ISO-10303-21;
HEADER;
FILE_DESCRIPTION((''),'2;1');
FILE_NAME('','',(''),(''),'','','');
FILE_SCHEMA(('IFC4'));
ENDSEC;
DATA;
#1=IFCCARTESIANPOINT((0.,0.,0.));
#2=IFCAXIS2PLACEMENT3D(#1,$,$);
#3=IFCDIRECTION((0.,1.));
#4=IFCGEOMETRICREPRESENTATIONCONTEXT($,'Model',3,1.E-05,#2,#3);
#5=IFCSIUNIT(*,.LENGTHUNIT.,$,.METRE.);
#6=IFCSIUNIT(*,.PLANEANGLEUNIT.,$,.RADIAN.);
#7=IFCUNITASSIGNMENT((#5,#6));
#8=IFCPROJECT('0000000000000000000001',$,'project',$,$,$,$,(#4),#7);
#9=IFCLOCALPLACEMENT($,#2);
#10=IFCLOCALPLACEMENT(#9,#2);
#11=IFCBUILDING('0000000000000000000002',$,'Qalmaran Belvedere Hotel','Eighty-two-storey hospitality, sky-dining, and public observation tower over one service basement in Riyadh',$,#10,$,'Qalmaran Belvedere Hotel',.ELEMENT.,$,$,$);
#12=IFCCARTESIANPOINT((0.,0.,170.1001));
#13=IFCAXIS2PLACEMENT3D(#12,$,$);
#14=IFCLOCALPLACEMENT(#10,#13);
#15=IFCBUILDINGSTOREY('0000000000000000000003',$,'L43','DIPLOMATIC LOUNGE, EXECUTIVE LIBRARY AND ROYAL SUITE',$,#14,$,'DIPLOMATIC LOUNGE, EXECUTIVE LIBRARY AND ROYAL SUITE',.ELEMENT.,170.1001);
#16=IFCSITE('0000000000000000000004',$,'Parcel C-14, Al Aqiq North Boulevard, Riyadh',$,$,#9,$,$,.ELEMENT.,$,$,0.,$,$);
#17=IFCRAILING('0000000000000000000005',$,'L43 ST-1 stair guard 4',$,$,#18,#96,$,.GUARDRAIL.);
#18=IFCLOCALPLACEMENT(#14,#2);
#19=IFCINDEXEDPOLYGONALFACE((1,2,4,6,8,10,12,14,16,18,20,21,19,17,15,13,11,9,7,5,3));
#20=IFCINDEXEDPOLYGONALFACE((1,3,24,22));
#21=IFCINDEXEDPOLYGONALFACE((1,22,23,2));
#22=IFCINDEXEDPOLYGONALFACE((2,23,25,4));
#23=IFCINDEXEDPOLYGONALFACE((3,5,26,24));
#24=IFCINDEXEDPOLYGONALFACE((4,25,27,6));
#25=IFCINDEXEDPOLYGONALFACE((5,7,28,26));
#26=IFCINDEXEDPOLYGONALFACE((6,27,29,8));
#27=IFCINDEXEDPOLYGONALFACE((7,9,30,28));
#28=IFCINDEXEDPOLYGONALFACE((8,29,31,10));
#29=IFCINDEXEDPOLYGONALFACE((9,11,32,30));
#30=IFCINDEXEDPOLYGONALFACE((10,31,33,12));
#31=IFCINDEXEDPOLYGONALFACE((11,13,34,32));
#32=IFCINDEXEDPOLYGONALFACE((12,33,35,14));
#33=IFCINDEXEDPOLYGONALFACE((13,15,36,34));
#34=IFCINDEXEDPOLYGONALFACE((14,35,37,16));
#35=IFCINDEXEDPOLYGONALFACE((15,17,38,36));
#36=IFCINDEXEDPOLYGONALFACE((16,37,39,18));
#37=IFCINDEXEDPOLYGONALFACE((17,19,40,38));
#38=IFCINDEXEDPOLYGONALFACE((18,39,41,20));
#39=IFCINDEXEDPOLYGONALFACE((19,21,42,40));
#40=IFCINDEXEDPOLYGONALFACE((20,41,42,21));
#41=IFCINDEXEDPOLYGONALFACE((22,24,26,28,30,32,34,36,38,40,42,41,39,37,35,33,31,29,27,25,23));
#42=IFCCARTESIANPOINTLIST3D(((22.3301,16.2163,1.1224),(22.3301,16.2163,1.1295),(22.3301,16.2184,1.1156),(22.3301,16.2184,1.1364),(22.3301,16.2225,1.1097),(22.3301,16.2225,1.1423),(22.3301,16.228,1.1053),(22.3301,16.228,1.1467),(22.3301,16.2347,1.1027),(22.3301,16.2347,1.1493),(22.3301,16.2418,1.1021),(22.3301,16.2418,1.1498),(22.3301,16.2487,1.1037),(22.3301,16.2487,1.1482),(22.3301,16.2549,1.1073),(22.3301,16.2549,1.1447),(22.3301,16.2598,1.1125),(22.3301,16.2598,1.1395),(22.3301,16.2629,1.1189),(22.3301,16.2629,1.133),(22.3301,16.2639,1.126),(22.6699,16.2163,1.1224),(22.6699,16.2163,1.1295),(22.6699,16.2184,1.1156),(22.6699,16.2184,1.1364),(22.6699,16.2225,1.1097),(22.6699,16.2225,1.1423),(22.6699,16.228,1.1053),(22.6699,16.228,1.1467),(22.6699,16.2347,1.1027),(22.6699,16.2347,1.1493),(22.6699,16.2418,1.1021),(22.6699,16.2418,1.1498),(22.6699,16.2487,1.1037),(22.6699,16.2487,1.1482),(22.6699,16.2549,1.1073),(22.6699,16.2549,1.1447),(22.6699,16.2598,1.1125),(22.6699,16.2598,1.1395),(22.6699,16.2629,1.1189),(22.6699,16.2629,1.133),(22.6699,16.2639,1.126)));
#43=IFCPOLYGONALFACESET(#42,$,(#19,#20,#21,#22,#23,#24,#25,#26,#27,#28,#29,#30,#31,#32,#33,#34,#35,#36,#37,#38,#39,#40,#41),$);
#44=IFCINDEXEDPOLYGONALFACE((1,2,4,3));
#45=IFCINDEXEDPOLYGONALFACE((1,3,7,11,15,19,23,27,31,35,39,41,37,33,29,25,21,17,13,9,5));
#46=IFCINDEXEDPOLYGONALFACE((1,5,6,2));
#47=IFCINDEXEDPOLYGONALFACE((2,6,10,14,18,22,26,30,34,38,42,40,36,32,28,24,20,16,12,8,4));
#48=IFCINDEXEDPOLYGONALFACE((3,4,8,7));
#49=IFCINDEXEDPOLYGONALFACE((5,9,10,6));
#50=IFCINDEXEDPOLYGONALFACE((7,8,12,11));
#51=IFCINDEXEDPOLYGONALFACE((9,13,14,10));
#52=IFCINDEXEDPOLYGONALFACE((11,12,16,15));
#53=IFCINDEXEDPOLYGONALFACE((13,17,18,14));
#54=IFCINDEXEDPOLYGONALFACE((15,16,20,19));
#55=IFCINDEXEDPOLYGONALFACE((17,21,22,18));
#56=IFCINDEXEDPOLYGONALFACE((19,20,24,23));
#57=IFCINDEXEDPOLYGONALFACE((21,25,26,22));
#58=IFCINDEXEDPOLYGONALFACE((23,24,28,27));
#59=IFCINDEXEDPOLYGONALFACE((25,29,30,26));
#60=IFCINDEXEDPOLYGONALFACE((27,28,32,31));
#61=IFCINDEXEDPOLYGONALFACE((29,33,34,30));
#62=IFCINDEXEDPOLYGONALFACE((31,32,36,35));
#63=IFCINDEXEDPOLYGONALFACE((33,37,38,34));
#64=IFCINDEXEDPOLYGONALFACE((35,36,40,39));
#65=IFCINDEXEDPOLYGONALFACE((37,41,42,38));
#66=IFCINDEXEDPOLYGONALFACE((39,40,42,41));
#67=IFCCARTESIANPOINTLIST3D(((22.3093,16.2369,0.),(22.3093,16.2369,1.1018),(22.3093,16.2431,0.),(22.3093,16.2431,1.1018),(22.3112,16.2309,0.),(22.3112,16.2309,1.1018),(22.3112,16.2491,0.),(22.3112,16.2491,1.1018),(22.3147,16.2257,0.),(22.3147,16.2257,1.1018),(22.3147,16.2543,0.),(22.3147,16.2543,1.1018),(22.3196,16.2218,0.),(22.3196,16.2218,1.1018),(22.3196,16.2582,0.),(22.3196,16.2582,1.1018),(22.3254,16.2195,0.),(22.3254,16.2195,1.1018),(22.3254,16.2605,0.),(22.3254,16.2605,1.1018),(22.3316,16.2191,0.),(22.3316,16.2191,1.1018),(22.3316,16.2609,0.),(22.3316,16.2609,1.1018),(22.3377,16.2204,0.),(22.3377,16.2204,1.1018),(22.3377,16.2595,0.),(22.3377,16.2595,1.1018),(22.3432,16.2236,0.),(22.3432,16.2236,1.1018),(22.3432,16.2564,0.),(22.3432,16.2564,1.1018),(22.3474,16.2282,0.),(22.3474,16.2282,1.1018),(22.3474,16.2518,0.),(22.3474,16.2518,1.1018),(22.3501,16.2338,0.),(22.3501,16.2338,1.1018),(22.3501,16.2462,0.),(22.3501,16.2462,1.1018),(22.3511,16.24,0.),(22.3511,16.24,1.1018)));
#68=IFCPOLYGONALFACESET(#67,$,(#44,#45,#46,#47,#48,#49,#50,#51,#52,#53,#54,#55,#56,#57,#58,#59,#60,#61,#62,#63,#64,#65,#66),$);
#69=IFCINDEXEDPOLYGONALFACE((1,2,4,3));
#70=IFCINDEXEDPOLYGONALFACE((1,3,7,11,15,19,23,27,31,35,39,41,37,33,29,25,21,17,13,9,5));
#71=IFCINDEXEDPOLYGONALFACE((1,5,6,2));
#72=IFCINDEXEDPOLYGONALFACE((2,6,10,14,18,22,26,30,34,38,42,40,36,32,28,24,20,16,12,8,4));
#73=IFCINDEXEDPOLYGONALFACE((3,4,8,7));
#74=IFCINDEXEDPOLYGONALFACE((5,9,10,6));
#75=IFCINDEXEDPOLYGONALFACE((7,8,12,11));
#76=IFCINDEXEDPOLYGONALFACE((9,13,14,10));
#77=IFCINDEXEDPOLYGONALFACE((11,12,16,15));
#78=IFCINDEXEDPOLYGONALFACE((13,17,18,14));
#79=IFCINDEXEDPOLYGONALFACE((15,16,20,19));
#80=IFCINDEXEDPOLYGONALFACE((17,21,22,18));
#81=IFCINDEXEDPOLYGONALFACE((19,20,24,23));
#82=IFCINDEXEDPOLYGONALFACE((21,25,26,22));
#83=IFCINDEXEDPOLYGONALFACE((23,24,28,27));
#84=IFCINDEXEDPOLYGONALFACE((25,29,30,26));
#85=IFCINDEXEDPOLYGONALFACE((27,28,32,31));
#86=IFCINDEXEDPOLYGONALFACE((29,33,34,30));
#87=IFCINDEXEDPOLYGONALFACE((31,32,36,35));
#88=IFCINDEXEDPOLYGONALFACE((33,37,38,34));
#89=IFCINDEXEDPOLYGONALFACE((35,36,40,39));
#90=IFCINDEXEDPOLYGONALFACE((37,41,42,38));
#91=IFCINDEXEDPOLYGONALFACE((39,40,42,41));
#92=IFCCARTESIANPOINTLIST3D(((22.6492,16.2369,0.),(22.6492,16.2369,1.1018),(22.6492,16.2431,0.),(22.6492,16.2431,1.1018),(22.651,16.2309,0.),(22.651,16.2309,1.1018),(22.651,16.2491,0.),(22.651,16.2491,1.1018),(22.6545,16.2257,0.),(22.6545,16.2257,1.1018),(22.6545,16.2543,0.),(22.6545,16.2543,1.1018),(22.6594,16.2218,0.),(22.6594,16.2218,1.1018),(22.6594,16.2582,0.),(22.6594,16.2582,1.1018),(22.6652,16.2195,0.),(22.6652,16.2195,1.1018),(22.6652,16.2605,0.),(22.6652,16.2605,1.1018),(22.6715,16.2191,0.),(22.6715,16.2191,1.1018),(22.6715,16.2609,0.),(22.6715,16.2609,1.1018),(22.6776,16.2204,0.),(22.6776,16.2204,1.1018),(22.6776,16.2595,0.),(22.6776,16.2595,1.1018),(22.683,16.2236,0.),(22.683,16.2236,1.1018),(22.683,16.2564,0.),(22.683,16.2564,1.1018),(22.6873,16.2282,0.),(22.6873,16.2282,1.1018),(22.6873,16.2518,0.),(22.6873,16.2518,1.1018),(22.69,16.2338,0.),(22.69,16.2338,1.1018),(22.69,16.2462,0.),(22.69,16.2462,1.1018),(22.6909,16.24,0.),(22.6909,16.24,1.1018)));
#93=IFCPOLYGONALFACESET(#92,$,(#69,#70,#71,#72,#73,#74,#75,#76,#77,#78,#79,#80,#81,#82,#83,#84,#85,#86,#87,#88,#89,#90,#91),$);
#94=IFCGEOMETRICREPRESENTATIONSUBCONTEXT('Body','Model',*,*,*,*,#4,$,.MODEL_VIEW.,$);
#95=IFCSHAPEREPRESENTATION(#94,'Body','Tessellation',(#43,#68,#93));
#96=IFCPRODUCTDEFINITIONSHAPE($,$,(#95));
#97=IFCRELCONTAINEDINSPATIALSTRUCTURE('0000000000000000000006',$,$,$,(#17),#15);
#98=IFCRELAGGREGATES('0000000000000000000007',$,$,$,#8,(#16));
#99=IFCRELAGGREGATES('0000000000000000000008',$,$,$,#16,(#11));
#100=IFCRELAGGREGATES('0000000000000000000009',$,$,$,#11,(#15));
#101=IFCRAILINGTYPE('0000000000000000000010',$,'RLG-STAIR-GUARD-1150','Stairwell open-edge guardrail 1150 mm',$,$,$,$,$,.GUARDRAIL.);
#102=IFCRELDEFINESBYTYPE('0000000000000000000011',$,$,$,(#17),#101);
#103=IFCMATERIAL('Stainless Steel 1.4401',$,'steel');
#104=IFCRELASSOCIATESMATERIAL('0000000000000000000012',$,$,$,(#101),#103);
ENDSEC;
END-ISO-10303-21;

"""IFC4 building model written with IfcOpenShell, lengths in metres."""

from ifc_helpers import new_model, si_unit, direction, frame, origin, origin_2d, place, context, subcontext, project, spatial, circle, extrude, material, type_object, element, save


model = new_model("IFC4")

# Units and contexts
model_context = context("Model", 3, precision=1e-05, world=origin(), true_north=direction((0.0, 1.0)))
body_context = subcontext(model_context, "Body", "Model", "MODEL_VIEW")
ifc_project = project(units=[si_unit("LENGTHUNIT", "METRE"), si_unit("PLANEANGLEUNIT", "RADIAN")], contexts=[model_context])

# Site, building, storey
site_placement = place(None, origin())
site = spatial("IfcSite", under=ifc_project, at=site_placement, Name="Parcel C-14, Al Aqiq North Boulevard, Riyadh", CompositionType="ELEMENT", RefElevation=0.0)
building_placement = place(site_placement, origin())
building = spatial("IfcBuilding", under=site, at=building_placement, Name="Qalmaran Belvedere Hotel", Description="Eighty-two-storey hospitality, sky-dining, and public observation tower over one service basement in Riyadh", LongName="Qalmaran Belvedere Hotel", CompositionType="ELEMENT")
storey_placement = place(building_placement, frame((0.0, 0.0, 170.1001)))
storey = spatial("IfcBuildingStorey", under=building, at=storey_placement, Name="L43", Description="DIPLOMATIC LOUNGE, EXECUTIVE LIBRARY AND ROYAL SUITE", LongName="DIPLOMATIC LOUNGE, EXECUTIVE LIBRARY AND ROYAL SUITE", CompositionType="ELEMENT", Elevation=170.1001)

# Shared definitions
ifc_material_1 = material(Name="Stainless Steel 1.4401", Category="steel")

# Railing
railing_type_1 = type_object("IfcRailingType", Name="RLG-STAIR-GUARD-1150", Description="Stairwell open-edge guardrail 1150 mm", PredefinedType="GUARDRAIL", material=ifc_material_1)
railing_1_placement = place(storey_placement, frame((22.3301, 16.24, 0.0)))
element("IfcRailing", 1, at=railing_1_placement, inside=storey, type_object=railing_type_1, Name="L43 ST-1 stair guard 4", PredefinedType="GUARDRAIL", context=body_context, shape_type="SweptSolid", body=[
    extrude(circle(Radius=0.0239, at=origin_2d()), frame((0.0, 0.0, 1.126), z_axis=(1.0, 0.0, 0.0), x_axis=(0.0, 1.0, 0.0)), (0.0, 0.0, 1.0), 0.3398),
    extrude(circle(Radius=0.021, at=origin_2d()), origin(), (0.0, 0.0, 1.0), 1.1018),
    extrude(circle(Radius=0.021, at=origin_2d()), frame((0.3398, 0.0, 0.0)), (0.0, 0.0, 1.0), 1.1018),
])

save(model, "model.ifc")
